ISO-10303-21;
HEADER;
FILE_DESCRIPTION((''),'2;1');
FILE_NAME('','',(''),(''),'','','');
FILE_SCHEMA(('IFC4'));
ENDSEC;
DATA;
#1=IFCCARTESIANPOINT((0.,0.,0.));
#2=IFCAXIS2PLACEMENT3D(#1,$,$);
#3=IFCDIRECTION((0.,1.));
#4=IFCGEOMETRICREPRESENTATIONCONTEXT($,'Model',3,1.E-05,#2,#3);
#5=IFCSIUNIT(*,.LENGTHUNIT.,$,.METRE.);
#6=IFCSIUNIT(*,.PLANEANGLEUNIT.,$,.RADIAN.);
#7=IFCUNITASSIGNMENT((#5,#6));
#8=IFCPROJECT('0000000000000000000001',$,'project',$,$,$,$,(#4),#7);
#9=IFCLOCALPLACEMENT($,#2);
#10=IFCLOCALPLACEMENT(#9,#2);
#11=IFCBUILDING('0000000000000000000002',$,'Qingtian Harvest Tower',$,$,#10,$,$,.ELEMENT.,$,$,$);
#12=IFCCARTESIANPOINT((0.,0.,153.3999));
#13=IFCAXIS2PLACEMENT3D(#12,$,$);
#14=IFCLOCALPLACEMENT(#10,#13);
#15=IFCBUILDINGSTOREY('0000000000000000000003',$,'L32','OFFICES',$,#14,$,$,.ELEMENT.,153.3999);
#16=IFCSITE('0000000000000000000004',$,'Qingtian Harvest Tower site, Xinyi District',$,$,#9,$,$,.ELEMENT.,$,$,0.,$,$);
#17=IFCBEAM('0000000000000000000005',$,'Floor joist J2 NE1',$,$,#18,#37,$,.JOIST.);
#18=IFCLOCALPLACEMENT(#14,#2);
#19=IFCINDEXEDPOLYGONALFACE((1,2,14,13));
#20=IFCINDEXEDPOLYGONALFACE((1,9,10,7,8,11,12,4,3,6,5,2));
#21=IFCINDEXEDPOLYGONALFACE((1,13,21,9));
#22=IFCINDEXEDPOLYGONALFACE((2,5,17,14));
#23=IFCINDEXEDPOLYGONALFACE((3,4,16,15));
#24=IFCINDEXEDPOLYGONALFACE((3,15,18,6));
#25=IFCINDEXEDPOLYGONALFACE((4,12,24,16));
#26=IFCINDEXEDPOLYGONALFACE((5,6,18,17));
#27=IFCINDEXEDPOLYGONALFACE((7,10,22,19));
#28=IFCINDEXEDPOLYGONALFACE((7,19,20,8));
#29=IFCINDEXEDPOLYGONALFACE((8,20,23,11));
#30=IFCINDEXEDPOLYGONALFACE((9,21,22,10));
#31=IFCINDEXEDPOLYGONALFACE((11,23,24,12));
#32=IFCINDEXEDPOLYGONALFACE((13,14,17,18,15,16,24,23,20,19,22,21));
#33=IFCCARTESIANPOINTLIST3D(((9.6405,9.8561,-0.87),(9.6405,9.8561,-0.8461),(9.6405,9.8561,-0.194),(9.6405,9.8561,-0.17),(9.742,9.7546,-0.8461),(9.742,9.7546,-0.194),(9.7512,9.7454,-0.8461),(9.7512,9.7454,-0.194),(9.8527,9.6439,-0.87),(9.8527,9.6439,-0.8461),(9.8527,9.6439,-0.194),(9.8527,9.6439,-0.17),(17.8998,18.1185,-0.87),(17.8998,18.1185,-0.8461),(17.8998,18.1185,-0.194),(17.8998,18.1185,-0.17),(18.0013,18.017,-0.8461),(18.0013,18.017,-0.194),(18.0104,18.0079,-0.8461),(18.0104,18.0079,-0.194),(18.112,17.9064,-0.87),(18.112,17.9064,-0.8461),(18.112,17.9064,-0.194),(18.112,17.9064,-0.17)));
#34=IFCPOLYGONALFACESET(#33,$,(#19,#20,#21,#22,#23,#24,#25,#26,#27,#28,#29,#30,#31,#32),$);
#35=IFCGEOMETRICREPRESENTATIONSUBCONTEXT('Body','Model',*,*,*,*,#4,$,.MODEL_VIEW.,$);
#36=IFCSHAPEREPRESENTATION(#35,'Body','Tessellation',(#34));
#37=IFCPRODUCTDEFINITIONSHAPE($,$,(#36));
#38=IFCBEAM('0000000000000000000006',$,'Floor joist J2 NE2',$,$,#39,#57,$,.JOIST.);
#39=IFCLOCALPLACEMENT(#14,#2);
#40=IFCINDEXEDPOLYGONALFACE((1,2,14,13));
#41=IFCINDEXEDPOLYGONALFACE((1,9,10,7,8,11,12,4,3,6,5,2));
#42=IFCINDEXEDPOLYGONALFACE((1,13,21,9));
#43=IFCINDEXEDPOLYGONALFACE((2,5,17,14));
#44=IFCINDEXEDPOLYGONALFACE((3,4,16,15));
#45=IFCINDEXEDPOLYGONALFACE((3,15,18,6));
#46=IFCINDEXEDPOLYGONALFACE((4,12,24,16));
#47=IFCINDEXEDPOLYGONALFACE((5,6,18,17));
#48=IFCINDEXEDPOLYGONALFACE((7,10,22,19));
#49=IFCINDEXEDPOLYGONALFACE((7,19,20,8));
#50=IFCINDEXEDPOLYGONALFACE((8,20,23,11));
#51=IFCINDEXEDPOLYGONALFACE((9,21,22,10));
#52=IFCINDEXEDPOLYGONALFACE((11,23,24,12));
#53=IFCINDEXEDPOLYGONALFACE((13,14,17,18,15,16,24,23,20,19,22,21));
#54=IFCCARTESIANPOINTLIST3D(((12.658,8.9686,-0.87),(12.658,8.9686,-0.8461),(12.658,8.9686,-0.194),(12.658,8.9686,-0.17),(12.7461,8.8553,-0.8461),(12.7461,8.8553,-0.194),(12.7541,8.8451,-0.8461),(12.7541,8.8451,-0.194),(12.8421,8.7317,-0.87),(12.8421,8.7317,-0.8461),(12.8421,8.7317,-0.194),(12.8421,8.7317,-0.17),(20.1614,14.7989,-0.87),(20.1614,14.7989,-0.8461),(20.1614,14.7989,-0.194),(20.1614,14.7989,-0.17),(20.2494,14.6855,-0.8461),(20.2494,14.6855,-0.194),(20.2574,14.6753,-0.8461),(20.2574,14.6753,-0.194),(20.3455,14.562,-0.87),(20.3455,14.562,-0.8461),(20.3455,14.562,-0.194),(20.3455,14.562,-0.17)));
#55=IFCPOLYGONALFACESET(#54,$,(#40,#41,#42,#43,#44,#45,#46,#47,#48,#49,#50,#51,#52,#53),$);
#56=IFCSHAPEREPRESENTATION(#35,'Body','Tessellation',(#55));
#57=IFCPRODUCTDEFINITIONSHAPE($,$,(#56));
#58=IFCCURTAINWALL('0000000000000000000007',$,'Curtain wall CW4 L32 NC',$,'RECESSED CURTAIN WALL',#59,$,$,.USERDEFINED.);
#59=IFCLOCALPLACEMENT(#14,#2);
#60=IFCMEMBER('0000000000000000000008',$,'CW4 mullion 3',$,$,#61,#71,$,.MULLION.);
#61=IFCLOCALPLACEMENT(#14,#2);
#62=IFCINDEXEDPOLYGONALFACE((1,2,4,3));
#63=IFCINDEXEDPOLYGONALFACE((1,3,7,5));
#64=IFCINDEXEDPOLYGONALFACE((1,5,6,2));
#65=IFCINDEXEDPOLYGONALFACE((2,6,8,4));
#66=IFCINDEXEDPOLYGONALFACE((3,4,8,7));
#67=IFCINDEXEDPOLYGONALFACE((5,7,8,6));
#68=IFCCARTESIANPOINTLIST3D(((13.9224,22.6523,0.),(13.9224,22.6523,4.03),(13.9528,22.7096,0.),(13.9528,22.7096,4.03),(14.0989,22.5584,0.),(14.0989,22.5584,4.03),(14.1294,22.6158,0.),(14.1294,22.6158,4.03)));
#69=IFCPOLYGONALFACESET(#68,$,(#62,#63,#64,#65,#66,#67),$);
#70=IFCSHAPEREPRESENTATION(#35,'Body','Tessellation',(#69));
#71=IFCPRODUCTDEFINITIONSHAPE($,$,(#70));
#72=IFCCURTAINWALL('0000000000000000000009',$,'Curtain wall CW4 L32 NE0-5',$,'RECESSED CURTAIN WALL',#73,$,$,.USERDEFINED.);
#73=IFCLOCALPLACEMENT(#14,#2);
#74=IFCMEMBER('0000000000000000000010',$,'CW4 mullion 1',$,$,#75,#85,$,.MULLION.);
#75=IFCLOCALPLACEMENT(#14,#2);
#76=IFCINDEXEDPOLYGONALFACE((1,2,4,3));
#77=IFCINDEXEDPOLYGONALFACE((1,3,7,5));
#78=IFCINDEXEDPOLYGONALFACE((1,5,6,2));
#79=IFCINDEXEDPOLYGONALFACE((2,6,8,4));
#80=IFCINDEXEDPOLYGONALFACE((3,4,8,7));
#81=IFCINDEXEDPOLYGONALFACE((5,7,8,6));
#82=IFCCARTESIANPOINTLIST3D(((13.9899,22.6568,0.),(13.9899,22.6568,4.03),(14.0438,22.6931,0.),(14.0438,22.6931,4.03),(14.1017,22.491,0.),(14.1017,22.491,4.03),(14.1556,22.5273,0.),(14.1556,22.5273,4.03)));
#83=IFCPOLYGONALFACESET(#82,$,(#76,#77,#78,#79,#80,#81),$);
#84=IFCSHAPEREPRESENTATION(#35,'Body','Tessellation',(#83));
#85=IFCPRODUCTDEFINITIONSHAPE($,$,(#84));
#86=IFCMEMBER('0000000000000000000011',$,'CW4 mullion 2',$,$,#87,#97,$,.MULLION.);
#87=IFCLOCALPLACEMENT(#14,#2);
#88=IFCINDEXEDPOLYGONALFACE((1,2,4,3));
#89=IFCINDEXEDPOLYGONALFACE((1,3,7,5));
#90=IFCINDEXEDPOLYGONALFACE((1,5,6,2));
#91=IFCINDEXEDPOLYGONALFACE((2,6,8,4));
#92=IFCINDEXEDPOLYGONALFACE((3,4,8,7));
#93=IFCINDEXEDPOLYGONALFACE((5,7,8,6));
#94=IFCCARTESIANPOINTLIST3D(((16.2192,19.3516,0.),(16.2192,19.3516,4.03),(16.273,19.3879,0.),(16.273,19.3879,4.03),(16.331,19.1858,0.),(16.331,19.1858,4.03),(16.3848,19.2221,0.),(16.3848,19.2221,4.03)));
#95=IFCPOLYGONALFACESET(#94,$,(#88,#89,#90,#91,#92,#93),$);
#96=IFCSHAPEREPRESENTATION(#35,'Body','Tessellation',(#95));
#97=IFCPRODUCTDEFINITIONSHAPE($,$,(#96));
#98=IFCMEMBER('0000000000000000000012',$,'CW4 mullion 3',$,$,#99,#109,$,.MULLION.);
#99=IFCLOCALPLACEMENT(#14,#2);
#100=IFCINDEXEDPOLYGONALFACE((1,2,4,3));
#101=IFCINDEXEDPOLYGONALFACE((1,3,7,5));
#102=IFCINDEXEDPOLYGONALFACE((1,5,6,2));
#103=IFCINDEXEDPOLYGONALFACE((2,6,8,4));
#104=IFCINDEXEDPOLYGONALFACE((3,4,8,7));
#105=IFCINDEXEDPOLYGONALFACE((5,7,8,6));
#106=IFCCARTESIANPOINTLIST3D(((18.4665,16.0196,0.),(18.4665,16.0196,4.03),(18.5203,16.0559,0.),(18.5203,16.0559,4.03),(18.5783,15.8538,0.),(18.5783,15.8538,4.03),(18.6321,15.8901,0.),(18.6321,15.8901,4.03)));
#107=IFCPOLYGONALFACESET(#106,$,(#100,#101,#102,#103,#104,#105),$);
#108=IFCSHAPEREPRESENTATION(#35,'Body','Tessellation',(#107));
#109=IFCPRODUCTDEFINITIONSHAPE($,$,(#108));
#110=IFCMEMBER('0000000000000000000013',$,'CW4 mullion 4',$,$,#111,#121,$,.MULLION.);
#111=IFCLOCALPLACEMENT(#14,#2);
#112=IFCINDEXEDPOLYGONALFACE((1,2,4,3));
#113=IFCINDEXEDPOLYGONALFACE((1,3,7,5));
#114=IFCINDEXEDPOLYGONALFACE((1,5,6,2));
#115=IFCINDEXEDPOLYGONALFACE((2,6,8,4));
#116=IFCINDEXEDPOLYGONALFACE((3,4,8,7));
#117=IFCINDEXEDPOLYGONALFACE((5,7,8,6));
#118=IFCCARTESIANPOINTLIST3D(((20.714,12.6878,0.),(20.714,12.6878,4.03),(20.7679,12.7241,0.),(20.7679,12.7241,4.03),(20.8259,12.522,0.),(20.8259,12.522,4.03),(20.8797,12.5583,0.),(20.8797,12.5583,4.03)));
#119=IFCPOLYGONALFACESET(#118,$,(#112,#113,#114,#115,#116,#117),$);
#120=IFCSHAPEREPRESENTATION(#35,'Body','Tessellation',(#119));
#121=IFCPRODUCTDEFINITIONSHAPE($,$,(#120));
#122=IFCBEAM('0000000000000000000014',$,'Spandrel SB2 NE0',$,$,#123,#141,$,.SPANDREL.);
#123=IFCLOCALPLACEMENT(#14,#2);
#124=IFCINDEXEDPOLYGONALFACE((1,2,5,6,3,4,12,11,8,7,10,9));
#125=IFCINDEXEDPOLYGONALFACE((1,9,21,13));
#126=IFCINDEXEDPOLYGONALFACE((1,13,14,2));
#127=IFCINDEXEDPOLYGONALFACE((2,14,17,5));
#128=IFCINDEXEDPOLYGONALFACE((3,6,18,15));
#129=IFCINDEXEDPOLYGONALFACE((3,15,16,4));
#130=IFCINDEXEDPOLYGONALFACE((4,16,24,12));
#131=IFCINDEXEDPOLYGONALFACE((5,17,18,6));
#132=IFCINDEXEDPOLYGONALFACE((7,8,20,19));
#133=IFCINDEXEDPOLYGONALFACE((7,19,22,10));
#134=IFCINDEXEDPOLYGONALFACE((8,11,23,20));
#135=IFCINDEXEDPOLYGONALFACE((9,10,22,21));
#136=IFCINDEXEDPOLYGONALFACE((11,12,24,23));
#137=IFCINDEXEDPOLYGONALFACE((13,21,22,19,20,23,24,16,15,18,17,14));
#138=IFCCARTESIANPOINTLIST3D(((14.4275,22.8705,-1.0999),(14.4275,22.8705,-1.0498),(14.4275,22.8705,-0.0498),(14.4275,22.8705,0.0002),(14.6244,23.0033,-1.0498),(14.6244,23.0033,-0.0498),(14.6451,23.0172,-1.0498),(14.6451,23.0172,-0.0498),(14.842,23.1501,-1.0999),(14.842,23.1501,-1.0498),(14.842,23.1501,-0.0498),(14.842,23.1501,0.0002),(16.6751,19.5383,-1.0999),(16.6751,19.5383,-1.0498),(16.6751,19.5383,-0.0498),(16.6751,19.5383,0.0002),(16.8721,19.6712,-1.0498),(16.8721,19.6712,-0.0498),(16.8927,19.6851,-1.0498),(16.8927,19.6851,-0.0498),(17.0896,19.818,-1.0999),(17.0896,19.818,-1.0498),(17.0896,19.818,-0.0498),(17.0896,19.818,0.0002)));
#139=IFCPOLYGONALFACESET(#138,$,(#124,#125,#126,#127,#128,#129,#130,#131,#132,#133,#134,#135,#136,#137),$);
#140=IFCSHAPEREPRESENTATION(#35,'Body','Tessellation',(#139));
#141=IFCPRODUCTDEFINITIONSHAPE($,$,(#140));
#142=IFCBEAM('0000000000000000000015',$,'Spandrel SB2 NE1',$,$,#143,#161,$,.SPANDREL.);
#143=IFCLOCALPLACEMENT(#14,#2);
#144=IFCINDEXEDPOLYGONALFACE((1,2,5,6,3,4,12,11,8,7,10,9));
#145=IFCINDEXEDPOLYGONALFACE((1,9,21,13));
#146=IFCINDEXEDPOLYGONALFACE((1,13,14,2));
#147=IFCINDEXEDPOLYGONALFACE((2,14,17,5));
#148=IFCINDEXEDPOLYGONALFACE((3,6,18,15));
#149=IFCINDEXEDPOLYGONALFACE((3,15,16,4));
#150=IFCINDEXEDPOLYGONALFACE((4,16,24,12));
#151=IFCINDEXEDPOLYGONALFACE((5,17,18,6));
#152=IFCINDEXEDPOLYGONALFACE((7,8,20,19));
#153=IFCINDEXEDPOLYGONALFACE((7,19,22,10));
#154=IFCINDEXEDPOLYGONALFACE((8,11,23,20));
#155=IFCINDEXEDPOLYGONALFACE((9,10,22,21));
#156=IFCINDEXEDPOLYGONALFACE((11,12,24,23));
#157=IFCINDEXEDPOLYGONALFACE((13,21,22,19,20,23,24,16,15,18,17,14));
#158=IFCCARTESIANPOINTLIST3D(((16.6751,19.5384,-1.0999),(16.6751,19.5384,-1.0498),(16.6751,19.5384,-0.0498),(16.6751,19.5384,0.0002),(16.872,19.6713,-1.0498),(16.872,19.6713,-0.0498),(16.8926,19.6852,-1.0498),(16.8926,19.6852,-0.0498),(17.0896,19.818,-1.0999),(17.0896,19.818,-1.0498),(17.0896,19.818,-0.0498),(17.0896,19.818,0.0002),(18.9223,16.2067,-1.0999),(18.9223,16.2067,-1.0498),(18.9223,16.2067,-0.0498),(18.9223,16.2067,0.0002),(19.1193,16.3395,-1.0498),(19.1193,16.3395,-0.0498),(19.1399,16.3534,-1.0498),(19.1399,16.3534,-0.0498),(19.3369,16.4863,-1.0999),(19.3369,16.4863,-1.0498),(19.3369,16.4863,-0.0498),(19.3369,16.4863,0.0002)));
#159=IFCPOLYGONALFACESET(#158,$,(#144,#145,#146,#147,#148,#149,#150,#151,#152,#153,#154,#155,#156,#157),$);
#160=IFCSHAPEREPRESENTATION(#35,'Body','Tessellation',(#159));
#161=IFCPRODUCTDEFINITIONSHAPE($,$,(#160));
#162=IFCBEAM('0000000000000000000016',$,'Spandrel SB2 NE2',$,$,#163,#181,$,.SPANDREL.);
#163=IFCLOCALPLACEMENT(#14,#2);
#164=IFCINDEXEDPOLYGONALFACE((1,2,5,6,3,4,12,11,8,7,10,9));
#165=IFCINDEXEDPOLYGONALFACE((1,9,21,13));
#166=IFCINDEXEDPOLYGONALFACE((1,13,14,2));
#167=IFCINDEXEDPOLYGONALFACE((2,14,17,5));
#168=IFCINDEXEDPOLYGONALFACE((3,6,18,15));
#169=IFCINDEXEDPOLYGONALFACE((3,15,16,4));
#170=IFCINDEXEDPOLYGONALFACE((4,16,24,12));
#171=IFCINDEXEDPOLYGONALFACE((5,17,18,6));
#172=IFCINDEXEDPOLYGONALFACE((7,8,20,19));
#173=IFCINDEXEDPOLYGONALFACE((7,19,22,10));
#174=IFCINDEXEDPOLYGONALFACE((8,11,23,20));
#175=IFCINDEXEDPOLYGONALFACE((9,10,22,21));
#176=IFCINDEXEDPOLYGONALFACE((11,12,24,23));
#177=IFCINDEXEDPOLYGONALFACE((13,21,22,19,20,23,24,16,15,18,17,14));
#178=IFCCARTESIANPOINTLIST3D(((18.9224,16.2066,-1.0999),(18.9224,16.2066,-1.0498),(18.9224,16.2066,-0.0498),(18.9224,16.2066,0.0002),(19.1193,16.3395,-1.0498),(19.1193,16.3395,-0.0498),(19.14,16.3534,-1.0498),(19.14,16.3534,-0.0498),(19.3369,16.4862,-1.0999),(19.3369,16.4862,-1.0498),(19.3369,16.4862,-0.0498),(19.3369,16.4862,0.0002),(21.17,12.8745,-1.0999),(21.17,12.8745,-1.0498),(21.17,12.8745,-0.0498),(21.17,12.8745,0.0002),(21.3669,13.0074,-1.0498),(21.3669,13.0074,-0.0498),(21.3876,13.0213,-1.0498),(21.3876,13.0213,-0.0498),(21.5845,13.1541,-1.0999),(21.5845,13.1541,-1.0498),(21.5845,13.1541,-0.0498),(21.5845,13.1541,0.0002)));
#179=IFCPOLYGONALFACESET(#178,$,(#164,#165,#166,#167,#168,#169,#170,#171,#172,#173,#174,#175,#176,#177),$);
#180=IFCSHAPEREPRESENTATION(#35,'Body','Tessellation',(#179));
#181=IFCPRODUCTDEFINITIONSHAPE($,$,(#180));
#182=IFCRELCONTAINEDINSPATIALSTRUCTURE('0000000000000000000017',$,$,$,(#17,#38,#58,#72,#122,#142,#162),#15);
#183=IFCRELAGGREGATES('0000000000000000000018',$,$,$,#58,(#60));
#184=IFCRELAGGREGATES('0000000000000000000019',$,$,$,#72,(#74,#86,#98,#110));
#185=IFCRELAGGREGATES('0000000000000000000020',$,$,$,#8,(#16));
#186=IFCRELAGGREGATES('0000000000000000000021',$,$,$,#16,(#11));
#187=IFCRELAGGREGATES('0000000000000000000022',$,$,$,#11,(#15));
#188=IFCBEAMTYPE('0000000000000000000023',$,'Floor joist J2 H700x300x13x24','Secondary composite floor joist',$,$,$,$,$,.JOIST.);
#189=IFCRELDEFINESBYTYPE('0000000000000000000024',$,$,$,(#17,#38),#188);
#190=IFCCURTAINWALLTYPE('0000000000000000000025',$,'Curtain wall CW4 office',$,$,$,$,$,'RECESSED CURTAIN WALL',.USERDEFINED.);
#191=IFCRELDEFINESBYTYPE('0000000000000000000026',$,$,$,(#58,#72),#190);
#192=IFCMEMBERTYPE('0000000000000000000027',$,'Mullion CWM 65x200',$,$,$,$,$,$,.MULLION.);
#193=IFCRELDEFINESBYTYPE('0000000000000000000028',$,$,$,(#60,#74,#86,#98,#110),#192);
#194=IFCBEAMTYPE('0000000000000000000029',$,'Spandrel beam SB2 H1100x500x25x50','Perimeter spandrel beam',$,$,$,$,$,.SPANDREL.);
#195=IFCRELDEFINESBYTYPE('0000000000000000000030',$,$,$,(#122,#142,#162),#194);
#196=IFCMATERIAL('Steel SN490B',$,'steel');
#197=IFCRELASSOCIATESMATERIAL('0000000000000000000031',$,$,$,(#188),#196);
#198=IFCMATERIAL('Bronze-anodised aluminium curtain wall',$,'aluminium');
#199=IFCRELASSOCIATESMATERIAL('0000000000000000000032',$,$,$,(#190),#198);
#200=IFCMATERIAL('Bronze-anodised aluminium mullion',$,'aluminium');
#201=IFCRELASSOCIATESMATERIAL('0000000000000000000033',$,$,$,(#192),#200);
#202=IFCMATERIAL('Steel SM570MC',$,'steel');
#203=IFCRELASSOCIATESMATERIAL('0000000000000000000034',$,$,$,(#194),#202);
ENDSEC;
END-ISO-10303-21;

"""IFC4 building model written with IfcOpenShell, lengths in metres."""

from ifc_helpers import new_model, si_unit, direction, frame, origin, origin_2d, place, context, subcontext, project, spatial, rectangle, i_section, extrude, material, material_profile, profile_set, type_object, element, aggregate, save


model = new_model("IFC4")

# Units and contexts
model_context = context("Model", 3, precision=1e-05, world=origin(), true_north=direction((0.0, 1.0)))
body_context = subcontext(model_context, "Body", "Model", "MODEL_VIEW")
ifc_project = project(units=[si_unit("LENGTHUNIT", "METRE"), si_unit("PLANEANGLEUNIT", "RADIAN")], contexts=[model_context])

# Site, building, storey
site_placement = place(None, origin())
site = spatial("IfcSite", under=ifc_project, at=site_placement, Name="Qingtian Harvest Tower site, Xinyi District", CompositionType="ELEMENT", RefElevation=0.0)
building_placement = place(site_placement, origin())
building = spatial("IfcBuilding", under=site, at=building_placement, Name="Qingtian Harvest Tower", CompositionType="ELEMENT")
storey_placement = place(building_placement, frame((0.0, 0.0, 153.3999)))
storey = spatial("IfcBuildingStorey", under=building, at=storey_placement, Name="L32", Description="OFFICES", CompositionType="ELEMENT", Elevation=153.3999)

# Beams
ifc_material_1 = material(Name="Steel SN490B", Category="steel")
ifc_material_profile_1 = material_profile(ifc_material_1, i_section(OverallWidth=0.3, OverallDepth=0.7, WebThickness=0.0129, FlangeThickness=0.0239, at=origin_2d()), Name="H700x300x13x24")
ifc_profile_set_1 = profile_set([ifc_material_profile_1], Name="Steel SN490B")
beam_type_1 = type_object("IfcBeamType", Name="Floor joist J2 H700x300x13x24", Description="Secondary composite floor joist", PredefinedType="JOIST", material=ifc_profile_set_1)
beam_1_placement = place(storey_placement, frame((18.0059, 18.0125, -0.52), z_axis=(-0.706971, -0.707243, 0.0), x_axis=(0.707243, -0.706971, 0.0)))
element("IfcBeam", 1, at=beam_1_placement, inside=storey, type_object=beam_type_1, Name="Floor joist J2 NE1", PredefinedType="JOIST", context=body_context, shape_type="SweptSolid", body=[
    extrude(i_section(OverallWidth=0.3, OverallDepth=0.7, WebThickness=0.0129, FlangeThickness=0.0239, at=origin_2d()), origin(), (0.0, 0.0, 1.0), 11.6826),
])
beam_2_placement = place(storey_placement, frame((20.2534, 14.6804, -0.52), z_axis=(-0.789641, -0.613569, 0.0), x_axis=(0.613569, -0.789641, 0.0)))
element("IfcBeam", 2, at=beam_2_placement, inside=storey, type_object=beam_type_1, Name="Floor joist J2 NE2", PredefinedType="JOIST", context=body_context, shape_type="SweptSolid", body=[
    extrude(i_section(OverallWidth=0.3, OverallDepth=0.7, WebThickness=0.0129, FlangeThickness=0.0239, at=origin_2d()), origin(), (0.0, 0.0, 1.0), 9.5022),
])

# Curtain wall, member
ifc_material_2 = material(Name="Bronze-anodised aluminium curtain wall", Category="aluminium")
curtain_wall_type = type_object("IfcCurtainWallType", Name="Curtain wall CW4 office", ElementType="RECESSED CURTAIN WALL", PredefinedType="USERDEFINED", material=ifc_material_2)
curtain_wall_1_placement = place(storey_placement, origin())
curtain_wall_1 = element("IfcCurtainWall", 3, at=curtain_wall_1_placement, inside=storey, type_object=curtain_wall_type, Name="Curtain wall CW4 L32 NC", ObjectType="RECESSED CURTAIN WALL", PredefinedType="USERDEFINED")
ifc_material_3 = material(Name="Bronze-anodised aluminium mullion", Category="aluminium")
ifc_material_profile_2 = material_profile(ifc_material_3, rectangle(XDim=0.0649, YDim=0.2, at=origin_2d()), Name="AL 65x200")
ifc_profile_set_2 = profile_set([ifc_material_profile_2], Name="Bronze-anodised aluminium mullion")
member_type_1 = type_object("IfcMemberType", Name="Mullion CWM 65x200", PredefinedType="MULLION", material=ifc_profile_set_2)
member_1_placement = place(storey_placement, frame((14.0259, 22.634, 0.0), z_axis=(0.0, 0.0, 1.0), x_axis=(0.469472, 0.882948, 0.0)))
member_1 = element("IfcMember", 4, at=member_1_placement, type_object=member_type_1, Name="CW4 mullion 3", PredefinedType="MULLION", context=body_context, shape_type="SweptSolid", body=[
    extrude(rectangle(XDim=0.0649, YDim=0.2, at=origin_2d()), origin(), (0.0, 0.0, 1.0), 4.03),
])
aggregate(curtain_wall_1, [member_1])

# Curtain wall, members
curtain_wall_2_placement = place(storey_placement, origin())
curtain_wall_2 = element("IfcCurtainWall", 5, at=curtain_wall_2_placement, inside=storey, type_object=curtain_wall_type, Name="Curtain wall CW4 L32 NE0-5", ObjectType="RECESSED CURTAIN WALL", PredefinedType="USERDEFINED")
member_2_placement = place(storey_placement, frame((14.0728, 22.592, 0.0), z_axis=(0.0, 0.0, 1.0), x_axis=(0.829038, 0.559193, 0.0)))
member_2 = element("IfcMember", 6, at=member_2_placement, type_object=member_type_1, Name="CW4 mullion 1", PredefinedType="MULLION", context=body_context, shape_type="SweptSolid", body=[
    extrude(rectangle(XDim=0.0649, YDim=0.2, at=origin_2d()), origin(), (0.0, 0.0, 1.0), 4.03),
])
member_3_placement = place(storey_placement, frame((16.302, 19.2869, 0.0), z_axis=(0.0, 0.0, 1.0), x_axis=(0.829038, 0.559193, 0.0)))
member_3 = element("IfcMember", 7, at=member_3_placement, type_object=member_type_1, Name="CW4 mullion 2", PredefinedType="MULLION", context=body_context, shape_type="SweptSolid", body=[
    extrude(rectangle(XDim=0.0649, YDim=0.2, at=origin_2d()), origin(), (0.0, 0.0, 1.0), 4.03),
])
member_4_placement = place(storey_placement, frame((18.5493, 15.9548, 0.0), z_axis=(0.0, 0.0, 1.0), x_axis=(0.829038, 0.559193, 0.0)))
member_4 = element("IfcMember", 8, at=member_4_placement, type_object=member_type_1, Name="CW4 mullion 3", PredefinedType="MULLION", context=body_context, shape_type="SweptSolid", body=[
    extrude(rectangle(XDim=0.0649, YDim=0.2, at=origin_2d()), origin(), (0.0, 0.0, 1.0), 4.03),
])
member_5_placement = place(storey_placement, frame((20.7969, 12.623, 0.0), z_axis=(0.0, 0.0, 1.0), x_axis=(0.829038, 0.559193, 0.0)))
member_5 = element("IfcMember", 9, at=member_5_placement, type_object=member_type_1, Name="CW4 mullion 4", PredefinedType="MULLION", context=body_context, shape_type="SweptSolid", body=[
    extrude(rectangle(XDim=0.0649, YDim=0.2, at=origin_2d()), origin(), (0.0, 0.0, 1.0), 4.03),
])

# Beams
ifc_material_4 = material(Name="Steel SM570MC", Category="steel")
ifc_material_profile_3 = material_profile(ifc_material_4, i_section(OverallWidth=0.5, OverallDepth=1.1001, WebThickness=0.0249, FlangeThickness=0.05, at=origin_2d()), Name="H1100x500x25x50")
ifc_profile_set_3 = profile_set([ifc_material_profile_3], Name="Steel SM570MC")
beam_type_2 = type_object("IfcBeamType", Name="Spandrel beam SB2 H1100x500x25x50", Description="Perimeter spandrel beam", PredefinedType="SPANDREL", material=ifc_profile_set_3)
beam_3_placement = place(storey_placement, frame((14.6348, 23.0103, -0.5498), z_axis=(0.559206, -0.829029, 0.0), x_axis=(0.829029, 0.559206, 0.0)))
element("IfcBeam", 10, at=beam_3_placement, inside=storey, type_object=beam_type_2, Name="Spandrel SB2 NE0", PredefinedType="SPANDREL", context=body_context, shape_type="SweptSolid", body=[
    extrude(i_section(OverallWidth=0.5, OverallDepth=1.1001, WebThickness=0.0249, FlangeThickness=0.05, at=origin_2d()), origin(), (0.0, 0.0, 1.0), 4.0193),
])
beam_4_placement = place(storey_placement, frame((16.8823, 19.6782, -0.5498), z_axis=(0.559192, -0.829038, 0.0), x_axis=(0.829038, 0.559192, 0.0)))
element("IfcBeam", 11, at=beam_4_placement, inside=storey, type_object=beam_type_2, Name="Spandrel SB2 NE1", PredefinedType="SPANDREL", context=body_context, shape_type="SweptSolid", body=[
    extrude(i_section(OverallWidth=0.5, OverallDepth=1.1001, WebThickness=0.0249, FlangeThickness=0.05, at=origin_2d()), origin(), (0.0, 0.0, 1.0), 4.0188),
])
beam_5_placement = place(storey_placement, frame((19.1296, 16.3464, -0.5498), z_axis=(0.559206, -0.829029, 0.0), x_axis=(0.829029, 0.559206, 0.0)))
element("IfcBeam", 12, at=beam_5_placement, inside=storey, type_object=beam_type_2, Name="Spandrel SB2 NE2", PredefinedType="SPANDREL", context=body_context, shape_type="SweptSolid", body=[
    extrude(i_section(OverallWidth=0.5, OverallDepth=1.1001, WebThickness=0.0249, FlangeThickness=0.05, at=origin_2d()), origin(), (0.0, 0.0, 1.0), 4.0193),
])

aggregate(curtain_wall_2, [member_2, member_3, member_4, member_5])

save(model, "model.ifc")
